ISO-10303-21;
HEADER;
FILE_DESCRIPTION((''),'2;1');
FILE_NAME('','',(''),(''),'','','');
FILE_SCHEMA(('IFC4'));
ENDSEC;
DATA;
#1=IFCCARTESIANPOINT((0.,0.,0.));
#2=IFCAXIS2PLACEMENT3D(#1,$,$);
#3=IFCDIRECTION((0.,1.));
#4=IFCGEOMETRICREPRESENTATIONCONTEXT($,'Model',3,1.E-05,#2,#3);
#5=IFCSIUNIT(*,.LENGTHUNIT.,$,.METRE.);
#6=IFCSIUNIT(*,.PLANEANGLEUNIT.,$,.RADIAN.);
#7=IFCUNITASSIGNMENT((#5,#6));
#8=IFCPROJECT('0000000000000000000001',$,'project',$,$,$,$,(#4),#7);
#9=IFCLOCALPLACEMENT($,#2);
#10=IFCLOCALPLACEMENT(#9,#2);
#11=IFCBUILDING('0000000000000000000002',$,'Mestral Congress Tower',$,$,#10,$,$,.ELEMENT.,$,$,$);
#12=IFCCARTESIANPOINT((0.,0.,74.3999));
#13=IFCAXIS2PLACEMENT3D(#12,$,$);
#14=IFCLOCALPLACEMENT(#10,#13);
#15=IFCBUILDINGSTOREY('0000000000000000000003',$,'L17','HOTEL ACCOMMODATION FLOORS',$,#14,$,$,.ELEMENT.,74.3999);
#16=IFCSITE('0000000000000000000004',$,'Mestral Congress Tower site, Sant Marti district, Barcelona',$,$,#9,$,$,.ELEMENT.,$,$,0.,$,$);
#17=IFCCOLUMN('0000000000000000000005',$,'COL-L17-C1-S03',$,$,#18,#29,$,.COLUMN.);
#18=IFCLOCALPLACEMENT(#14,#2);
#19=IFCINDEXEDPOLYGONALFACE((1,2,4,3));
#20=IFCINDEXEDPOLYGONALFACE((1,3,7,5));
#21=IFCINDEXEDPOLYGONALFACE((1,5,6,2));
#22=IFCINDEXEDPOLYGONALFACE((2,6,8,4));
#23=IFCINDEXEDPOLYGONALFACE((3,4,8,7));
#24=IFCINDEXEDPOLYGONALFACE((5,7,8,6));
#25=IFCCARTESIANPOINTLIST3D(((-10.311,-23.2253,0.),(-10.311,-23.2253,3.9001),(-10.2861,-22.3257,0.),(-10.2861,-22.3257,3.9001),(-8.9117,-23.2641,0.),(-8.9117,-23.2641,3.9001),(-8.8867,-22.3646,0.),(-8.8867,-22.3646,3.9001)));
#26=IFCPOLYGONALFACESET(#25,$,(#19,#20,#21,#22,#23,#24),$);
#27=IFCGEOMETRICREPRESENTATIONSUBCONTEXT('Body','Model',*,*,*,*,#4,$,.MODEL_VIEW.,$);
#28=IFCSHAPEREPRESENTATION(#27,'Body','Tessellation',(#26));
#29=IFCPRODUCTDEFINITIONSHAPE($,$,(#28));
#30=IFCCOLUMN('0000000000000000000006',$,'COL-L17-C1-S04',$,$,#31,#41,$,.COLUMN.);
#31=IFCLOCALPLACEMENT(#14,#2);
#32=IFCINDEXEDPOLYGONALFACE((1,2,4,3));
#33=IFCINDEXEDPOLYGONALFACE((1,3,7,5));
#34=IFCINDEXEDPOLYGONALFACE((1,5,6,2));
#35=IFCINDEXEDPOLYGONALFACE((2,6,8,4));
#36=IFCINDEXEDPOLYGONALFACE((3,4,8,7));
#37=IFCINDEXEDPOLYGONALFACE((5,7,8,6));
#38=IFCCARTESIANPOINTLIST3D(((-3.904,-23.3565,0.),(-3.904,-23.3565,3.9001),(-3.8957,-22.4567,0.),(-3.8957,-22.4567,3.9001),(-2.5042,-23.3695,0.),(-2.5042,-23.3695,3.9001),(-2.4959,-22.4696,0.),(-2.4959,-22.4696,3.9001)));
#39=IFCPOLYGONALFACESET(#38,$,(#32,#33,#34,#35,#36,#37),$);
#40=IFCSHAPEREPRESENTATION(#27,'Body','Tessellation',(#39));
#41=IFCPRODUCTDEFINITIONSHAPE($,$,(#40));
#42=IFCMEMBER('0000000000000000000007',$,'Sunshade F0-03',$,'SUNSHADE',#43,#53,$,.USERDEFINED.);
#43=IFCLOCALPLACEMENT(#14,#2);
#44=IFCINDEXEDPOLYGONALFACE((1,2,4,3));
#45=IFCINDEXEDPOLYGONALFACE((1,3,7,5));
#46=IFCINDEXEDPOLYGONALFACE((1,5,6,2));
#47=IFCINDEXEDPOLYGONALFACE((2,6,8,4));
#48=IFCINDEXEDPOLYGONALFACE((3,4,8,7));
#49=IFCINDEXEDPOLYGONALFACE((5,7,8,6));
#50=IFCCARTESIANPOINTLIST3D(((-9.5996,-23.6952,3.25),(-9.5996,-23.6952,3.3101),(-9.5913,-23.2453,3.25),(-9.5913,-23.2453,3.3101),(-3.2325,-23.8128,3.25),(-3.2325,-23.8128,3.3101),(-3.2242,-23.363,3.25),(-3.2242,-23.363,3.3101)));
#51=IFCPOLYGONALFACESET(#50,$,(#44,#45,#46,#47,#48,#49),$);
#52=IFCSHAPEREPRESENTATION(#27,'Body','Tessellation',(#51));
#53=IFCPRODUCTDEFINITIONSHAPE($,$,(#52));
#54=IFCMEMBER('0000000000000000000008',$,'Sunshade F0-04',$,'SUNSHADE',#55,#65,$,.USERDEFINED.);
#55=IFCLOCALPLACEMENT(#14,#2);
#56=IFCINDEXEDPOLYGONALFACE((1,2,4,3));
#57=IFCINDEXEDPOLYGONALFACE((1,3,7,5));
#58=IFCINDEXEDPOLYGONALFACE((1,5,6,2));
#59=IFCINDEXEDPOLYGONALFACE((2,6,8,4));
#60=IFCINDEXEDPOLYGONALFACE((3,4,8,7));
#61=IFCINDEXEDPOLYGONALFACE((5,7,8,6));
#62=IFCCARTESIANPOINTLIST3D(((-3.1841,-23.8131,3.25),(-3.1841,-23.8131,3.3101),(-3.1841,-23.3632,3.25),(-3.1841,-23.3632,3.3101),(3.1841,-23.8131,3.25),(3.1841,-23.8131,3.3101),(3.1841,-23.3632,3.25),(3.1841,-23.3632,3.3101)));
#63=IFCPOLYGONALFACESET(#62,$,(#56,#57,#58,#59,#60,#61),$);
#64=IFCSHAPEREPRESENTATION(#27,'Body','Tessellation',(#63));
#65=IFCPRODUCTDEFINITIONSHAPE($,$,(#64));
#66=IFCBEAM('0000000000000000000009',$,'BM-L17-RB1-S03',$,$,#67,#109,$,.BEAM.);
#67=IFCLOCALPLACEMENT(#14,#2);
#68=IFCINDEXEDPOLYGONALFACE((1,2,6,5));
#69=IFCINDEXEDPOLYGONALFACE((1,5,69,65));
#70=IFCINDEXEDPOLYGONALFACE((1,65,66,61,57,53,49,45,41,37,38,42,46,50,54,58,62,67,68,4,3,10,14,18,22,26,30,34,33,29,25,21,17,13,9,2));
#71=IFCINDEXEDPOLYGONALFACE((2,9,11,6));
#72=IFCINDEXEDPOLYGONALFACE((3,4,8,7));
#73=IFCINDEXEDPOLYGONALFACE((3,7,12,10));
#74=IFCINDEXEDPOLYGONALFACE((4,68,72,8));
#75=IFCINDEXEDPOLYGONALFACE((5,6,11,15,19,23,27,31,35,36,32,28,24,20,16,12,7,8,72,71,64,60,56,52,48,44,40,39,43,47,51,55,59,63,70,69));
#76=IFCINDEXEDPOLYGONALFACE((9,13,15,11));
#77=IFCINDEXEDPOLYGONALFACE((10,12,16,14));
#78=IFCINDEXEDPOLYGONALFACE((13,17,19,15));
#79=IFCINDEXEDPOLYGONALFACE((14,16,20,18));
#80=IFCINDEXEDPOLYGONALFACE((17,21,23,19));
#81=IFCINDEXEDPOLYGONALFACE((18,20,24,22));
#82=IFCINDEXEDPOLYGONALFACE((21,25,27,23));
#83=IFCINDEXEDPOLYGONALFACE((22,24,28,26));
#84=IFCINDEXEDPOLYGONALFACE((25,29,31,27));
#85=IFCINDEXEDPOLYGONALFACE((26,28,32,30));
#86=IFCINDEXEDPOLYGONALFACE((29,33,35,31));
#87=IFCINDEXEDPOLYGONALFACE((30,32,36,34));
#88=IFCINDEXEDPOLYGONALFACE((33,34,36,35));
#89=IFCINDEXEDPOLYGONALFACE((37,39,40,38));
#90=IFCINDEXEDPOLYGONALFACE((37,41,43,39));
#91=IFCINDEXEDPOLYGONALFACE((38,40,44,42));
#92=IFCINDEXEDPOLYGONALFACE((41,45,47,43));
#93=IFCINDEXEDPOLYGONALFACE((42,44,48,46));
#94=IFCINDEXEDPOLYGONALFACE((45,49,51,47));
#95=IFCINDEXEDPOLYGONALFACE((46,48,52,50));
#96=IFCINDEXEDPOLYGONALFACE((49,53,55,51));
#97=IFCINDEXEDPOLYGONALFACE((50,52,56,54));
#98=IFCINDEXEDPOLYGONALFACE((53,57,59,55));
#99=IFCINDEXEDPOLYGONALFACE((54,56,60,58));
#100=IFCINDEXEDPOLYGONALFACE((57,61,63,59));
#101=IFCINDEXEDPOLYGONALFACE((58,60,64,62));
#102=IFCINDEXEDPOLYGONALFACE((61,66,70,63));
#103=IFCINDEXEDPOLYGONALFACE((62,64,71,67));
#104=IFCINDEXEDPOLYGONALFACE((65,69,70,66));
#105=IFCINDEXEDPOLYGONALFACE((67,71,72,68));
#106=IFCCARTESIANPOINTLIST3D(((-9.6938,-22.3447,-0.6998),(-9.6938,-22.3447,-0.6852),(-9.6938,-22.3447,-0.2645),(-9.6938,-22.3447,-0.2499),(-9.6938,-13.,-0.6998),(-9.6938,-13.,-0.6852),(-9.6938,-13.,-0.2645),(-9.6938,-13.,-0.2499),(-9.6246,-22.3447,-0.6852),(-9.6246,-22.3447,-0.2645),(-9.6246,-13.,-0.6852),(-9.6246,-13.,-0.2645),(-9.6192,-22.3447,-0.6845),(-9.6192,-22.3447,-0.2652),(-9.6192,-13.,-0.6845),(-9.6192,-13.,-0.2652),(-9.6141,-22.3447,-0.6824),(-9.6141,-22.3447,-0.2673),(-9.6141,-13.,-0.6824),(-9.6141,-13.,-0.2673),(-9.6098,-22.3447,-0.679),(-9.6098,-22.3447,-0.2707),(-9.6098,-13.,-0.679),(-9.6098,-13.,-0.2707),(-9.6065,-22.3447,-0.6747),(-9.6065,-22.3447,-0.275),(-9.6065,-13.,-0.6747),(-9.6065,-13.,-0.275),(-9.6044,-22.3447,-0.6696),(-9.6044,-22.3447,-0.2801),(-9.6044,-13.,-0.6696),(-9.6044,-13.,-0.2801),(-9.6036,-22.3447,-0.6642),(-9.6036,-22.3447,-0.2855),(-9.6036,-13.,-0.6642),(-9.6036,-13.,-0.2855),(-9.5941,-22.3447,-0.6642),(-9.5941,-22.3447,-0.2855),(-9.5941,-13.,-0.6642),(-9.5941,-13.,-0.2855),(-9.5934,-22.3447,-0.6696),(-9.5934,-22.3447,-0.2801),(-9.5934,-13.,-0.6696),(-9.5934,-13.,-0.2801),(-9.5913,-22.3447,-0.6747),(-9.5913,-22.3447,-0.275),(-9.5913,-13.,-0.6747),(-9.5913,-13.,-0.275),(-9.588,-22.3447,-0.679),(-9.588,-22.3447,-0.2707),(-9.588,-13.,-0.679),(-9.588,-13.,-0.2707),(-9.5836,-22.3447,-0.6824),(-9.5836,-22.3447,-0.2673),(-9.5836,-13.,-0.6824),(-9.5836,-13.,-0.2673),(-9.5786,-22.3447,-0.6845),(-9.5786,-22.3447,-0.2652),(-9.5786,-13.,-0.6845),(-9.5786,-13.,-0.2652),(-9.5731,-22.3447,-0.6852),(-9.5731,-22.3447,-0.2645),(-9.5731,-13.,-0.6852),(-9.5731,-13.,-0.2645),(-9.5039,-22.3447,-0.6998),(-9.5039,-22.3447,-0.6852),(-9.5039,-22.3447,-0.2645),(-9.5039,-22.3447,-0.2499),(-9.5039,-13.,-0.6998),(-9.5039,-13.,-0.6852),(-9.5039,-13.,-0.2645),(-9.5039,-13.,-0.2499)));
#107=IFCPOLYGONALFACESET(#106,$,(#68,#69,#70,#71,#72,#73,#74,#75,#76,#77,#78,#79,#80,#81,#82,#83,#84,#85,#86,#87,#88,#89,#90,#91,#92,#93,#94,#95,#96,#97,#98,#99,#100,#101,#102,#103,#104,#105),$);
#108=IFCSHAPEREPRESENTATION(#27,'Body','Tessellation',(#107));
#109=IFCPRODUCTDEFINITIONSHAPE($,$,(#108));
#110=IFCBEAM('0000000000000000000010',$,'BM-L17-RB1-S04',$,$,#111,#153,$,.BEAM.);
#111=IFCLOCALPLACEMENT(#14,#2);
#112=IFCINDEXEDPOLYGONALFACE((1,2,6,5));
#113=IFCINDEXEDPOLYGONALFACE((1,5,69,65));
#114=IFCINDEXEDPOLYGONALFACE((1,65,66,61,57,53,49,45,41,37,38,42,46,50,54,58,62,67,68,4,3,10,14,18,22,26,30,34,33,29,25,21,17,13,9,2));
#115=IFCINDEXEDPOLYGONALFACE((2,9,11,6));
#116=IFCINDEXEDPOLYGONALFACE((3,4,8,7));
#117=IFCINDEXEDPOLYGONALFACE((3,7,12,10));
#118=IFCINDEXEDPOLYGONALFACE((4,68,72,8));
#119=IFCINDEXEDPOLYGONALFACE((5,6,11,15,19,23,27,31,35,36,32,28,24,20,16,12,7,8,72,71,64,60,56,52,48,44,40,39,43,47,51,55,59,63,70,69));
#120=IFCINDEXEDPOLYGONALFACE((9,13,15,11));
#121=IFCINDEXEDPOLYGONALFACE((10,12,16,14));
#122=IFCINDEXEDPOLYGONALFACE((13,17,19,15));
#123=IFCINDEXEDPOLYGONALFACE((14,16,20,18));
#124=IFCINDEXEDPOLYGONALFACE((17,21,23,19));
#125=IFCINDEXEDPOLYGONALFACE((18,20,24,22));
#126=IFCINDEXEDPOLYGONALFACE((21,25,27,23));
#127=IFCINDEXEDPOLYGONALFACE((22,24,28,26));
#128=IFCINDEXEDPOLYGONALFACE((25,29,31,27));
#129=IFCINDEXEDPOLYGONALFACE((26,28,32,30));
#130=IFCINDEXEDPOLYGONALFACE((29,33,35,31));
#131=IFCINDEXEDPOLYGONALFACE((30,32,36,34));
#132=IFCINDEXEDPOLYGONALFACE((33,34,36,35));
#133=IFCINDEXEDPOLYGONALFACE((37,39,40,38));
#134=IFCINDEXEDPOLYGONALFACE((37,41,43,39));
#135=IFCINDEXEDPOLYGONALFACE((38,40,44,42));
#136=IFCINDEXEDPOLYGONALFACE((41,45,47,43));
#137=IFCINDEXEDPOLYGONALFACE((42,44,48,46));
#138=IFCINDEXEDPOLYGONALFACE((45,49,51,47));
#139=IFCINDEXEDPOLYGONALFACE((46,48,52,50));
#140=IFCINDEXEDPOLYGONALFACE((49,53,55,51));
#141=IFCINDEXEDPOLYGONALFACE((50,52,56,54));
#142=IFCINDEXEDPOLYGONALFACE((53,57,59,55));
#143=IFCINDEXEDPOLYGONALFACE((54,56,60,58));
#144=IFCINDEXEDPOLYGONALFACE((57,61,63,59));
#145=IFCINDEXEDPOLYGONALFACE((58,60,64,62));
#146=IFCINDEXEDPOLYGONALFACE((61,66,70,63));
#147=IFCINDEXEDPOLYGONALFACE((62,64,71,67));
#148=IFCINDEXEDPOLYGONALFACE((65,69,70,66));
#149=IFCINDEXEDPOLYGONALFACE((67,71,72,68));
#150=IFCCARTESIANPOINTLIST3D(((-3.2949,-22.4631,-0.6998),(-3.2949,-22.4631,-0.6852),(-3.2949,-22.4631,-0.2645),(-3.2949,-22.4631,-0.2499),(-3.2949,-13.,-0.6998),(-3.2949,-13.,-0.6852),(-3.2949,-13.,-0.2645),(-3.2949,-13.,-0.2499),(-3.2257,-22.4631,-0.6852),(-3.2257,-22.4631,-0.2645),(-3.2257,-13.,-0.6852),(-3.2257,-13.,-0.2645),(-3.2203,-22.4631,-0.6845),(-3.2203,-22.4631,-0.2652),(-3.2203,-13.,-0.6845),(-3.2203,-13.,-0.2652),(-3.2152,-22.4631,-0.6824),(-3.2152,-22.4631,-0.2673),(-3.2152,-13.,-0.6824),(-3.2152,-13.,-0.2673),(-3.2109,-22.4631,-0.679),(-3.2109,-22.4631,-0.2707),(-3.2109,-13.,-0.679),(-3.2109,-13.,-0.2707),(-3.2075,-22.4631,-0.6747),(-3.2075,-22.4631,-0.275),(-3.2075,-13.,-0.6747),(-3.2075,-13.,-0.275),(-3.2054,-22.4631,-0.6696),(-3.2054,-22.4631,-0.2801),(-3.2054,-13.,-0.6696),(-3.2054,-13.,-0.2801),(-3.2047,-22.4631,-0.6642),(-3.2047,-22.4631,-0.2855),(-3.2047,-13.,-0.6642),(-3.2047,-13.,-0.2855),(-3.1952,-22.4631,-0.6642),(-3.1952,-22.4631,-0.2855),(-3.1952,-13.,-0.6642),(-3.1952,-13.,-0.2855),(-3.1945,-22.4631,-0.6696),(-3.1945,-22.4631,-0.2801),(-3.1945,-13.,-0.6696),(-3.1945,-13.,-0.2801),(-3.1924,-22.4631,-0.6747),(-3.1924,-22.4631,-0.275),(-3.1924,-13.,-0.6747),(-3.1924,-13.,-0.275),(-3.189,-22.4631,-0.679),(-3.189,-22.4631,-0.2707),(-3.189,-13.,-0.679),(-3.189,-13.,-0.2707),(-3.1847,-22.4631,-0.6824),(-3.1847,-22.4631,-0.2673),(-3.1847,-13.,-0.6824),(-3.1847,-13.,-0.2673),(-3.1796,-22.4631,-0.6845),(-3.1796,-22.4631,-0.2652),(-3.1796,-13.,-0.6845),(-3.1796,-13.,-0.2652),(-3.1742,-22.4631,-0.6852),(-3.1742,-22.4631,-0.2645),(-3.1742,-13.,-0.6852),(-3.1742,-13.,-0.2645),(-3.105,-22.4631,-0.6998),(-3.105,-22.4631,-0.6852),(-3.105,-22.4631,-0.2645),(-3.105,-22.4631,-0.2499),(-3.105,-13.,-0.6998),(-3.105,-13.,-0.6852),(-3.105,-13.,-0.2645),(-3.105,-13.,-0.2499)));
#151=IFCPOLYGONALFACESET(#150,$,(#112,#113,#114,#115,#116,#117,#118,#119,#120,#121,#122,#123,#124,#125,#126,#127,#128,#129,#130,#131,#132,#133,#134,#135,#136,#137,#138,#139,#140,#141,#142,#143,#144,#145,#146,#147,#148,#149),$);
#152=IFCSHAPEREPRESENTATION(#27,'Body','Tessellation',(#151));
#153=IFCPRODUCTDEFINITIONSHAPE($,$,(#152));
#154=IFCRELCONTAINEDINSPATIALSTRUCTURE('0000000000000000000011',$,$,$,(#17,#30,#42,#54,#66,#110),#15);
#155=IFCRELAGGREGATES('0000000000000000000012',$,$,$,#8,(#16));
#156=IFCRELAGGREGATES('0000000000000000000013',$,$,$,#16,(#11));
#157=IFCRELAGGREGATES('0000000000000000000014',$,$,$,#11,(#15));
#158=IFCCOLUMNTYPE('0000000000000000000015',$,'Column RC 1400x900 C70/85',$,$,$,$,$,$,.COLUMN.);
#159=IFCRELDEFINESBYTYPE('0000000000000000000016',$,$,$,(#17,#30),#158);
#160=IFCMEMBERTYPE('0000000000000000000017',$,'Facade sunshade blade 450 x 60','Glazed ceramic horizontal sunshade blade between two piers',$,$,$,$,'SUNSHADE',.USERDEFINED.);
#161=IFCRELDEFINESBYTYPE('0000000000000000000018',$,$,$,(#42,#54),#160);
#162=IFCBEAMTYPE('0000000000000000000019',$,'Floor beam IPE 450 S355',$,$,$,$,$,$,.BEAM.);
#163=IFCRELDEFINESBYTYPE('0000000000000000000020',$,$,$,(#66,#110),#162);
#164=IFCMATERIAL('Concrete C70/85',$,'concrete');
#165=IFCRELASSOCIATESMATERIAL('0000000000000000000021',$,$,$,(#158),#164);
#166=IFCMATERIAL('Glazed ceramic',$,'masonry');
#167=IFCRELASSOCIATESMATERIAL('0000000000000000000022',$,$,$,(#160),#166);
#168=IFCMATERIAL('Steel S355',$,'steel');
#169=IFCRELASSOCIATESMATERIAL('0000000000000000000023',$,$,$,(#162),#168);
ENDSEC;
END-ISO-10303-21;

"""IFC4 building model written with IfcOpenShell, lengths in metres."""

from ifc_helpers import new_model, si_unit, direction, frame, origin, origin_2d, place, context, subcontext, project, spatial, rectangle, i_section, extrude, material, material_profile, profile_set, type_object, element, save


model = new_model("IFC4")

# Units and contexts
model_context = context("Model", 3, precision=1e-05, world=origin(), true_north=direction((0.0, 1.0)))
body_context = subcontext(model_context, "Body", "Model", "MODEL_VIEW")
ifc_project = project(units=[si_unit("LENGTHUNIT", "METRE"), si_unit("PLANEANGLEUNIT", "RADIAN")], contexts=[model_context])

# Site, building, storey
site_placement = place(None, origin())
site = spatial("IfcSite", under=ifc_project, at=site_placement, Name="Mestral Congress Tower site, Sant Marti district, Barcelona", CompositionType="ELEMENT", RefElevation=0.0)
building_placement = place(site_placement, origin())
building = spatial("IfcBuilding", under=site, at=building_placement, Name="Mestral Congress Tower", CompositionType="ELEMENT")
storey_placement = place(building_placement, frame((0.0, 0.0, 74.3999)))
storey = spatial("IfcBuildingStorey", under=building, at=storey_placement, Name="L17", Description="HOTEL ACCOMMODATION FLOORS", CompositionType="ELEMENT", Elevation=74.3999)

# Columns
ifc_material_1 = material(Name="Concrete C70/85", Category="concrete")
ifc_material_profile_1 = material_profile(ifc_material_1, rectangle(XDim=1.3999, YDim=0.8999, at=origin_2d()), Name="RC 1400x900")
ifc_profile_set_1 = profile_set([ifc_material_profile_1], Name="Concrete C70/85")
column_type = type_object("IfcColumnType", Name="Column RC 1400x900 C70/85", PredefinedType="COLUMN", material=ifc_profile_set_1)
for number, where, z_axis, x_axis, name in (
    (1, (-9.5989, -22.7949, 0.0), (0.0, 0.0, 1.0), (0.999616, -0.027726, 0.0), "COL-L17-C1-S03"),
    (2, (-3.2, -22.9131, 0.0), (0.0, 0.0, 1.0), (0.999957, -0.009243, 0.0), "COL-L17-C1-S04"),
):
    element("IfcColumn", number, at=place(storey_placement, frame(where, z_axis=z_axis, x_axis=x_axis)), inside=storey, type_object=column_type, Name=name, PredefinedType="COLUMN", context=body_context, shape_type="SweptSolid", body=[
        extrude(rectangle(XDim=1.3999, YDim=0.8999, at=origin_2d()), origin(), (0.0, 0.0, 1.0), 3.9001),
    ])

# Members
ifc_material_2 = material(Name="Glazed ceramic", Category="masonry")
ifc_material_profile_2 = material_profile(ifc_material_2, rectangle(XDim=0.45, YDim=0.0601, at=origin_2d()), Name="Ceramic blade 450 x 60")
ifc_profile_set_2 = profile_set([ifc_material_profile_2], Name="Glazed ceramic")
member_type = type_object("IfcMemberType", Name="Facade sunshade blade 450 x 60", Description="Glazed ceramic horizontal sunshade blade between two piers", ElementType="SUNSHADE", PredefinedType="USERDEFINED", material=ifc_profile_set_2)
for number, where, z_axis, x_axis, name in (
    (3, (-9.5955, -23.4702, 3.28), (0.999829, -0.018478, 0.0), (0.018478, 0.999829, 0.0), "Sunshade F0-03"),
    (4, (-3.1841, -23.5881, 3.28), (1.0, 0.0, 0.0), (0.0, 1.0, 0.0), "Sunshade F0-04"),
):
    element("IfcMember", number, at=place(storey_placement, frame(where, z_axis=z_axis, x_axis=x_axis)), inside=storey, type_object=member_type, Name=name, ObjectType="SUNSHADE", PredefinedType="USERDEFINED", context=body_context, shape_type="SweptSolid", body=[
        extrude(rectangle(XDim=0.45, YDim=0.0601, at=origin_2d()), origin(), (0.0, 0.0, 1.0), 6.3682),
    ])

# Beams
ifc_material_3 = material(Name="Steel S355", Category="steel")
ifc_material_profile_3 = material_profile(ifc_material_3, i_section(OverallWidth=0.1899, OverallDepth=0.45, WebThickness=0.0095, FlangeThickness=0.0146, FilletRadius=0.021, at=origin_2d()), Name="IPE 450")
ifc_profile_set_3 = profile_set([ifc_material_profile_3], Name="Steel S355")
beam_type_1 = type_object("IfcBeamType", Name="Floor beam IPE 450 S355", PredefinedType="BEAM", material=ifc_profile_set_3)
beam_1_placement = place(storey_placement, frame((-9.5989, -22.3447, -0.4749), z_axis=(0.0, 1.0, 0.0), x_axis=(-1.0, 0.0, 0.0)))
element("IfcBeam", 5, at=beam_1_placement, inside=storey, type_object=beam_type_1, Name="BM-L17-RB1-S03", PredefinedType="BEAM", context=body_context, shape_type="SweptSolid", body=[
    extrude(i_section(OverallWidth=0.1899, OverallDepth=0.45, WebThickness=0.0095, FlangeThickness=0.0146, FilletRadius=0.021, at=origin_2d()), origin(), (0.0, 0.0, 1.0), 9.3447),
])
beam_2_placement = place(storey_placement, frame((-3.2, -22.4631, -0.4749), z_axis=(0.0, 1.0, 0.0), x_axis=(-1.0, 0.0, 0.0)))
element("IfcBeam", 6, at=beam_2_placement, inside=storey, type_object=beam_type_1, Name="BM-L17-RB1-S04", PredefinedType="BEAM", context=body_context, shape_type="SweptSolid", body=[
    extrude(i_section(OverallWidth=0.1899, OverallDepth=0.45, WebThickness=0.0095, FlangeThickness=0.0146, FilletRadius=0.021, at=origin_2d()), origin(), (0.0, 0.0, 1.0), 9.4631),
])

save(model, "model.ifc")
